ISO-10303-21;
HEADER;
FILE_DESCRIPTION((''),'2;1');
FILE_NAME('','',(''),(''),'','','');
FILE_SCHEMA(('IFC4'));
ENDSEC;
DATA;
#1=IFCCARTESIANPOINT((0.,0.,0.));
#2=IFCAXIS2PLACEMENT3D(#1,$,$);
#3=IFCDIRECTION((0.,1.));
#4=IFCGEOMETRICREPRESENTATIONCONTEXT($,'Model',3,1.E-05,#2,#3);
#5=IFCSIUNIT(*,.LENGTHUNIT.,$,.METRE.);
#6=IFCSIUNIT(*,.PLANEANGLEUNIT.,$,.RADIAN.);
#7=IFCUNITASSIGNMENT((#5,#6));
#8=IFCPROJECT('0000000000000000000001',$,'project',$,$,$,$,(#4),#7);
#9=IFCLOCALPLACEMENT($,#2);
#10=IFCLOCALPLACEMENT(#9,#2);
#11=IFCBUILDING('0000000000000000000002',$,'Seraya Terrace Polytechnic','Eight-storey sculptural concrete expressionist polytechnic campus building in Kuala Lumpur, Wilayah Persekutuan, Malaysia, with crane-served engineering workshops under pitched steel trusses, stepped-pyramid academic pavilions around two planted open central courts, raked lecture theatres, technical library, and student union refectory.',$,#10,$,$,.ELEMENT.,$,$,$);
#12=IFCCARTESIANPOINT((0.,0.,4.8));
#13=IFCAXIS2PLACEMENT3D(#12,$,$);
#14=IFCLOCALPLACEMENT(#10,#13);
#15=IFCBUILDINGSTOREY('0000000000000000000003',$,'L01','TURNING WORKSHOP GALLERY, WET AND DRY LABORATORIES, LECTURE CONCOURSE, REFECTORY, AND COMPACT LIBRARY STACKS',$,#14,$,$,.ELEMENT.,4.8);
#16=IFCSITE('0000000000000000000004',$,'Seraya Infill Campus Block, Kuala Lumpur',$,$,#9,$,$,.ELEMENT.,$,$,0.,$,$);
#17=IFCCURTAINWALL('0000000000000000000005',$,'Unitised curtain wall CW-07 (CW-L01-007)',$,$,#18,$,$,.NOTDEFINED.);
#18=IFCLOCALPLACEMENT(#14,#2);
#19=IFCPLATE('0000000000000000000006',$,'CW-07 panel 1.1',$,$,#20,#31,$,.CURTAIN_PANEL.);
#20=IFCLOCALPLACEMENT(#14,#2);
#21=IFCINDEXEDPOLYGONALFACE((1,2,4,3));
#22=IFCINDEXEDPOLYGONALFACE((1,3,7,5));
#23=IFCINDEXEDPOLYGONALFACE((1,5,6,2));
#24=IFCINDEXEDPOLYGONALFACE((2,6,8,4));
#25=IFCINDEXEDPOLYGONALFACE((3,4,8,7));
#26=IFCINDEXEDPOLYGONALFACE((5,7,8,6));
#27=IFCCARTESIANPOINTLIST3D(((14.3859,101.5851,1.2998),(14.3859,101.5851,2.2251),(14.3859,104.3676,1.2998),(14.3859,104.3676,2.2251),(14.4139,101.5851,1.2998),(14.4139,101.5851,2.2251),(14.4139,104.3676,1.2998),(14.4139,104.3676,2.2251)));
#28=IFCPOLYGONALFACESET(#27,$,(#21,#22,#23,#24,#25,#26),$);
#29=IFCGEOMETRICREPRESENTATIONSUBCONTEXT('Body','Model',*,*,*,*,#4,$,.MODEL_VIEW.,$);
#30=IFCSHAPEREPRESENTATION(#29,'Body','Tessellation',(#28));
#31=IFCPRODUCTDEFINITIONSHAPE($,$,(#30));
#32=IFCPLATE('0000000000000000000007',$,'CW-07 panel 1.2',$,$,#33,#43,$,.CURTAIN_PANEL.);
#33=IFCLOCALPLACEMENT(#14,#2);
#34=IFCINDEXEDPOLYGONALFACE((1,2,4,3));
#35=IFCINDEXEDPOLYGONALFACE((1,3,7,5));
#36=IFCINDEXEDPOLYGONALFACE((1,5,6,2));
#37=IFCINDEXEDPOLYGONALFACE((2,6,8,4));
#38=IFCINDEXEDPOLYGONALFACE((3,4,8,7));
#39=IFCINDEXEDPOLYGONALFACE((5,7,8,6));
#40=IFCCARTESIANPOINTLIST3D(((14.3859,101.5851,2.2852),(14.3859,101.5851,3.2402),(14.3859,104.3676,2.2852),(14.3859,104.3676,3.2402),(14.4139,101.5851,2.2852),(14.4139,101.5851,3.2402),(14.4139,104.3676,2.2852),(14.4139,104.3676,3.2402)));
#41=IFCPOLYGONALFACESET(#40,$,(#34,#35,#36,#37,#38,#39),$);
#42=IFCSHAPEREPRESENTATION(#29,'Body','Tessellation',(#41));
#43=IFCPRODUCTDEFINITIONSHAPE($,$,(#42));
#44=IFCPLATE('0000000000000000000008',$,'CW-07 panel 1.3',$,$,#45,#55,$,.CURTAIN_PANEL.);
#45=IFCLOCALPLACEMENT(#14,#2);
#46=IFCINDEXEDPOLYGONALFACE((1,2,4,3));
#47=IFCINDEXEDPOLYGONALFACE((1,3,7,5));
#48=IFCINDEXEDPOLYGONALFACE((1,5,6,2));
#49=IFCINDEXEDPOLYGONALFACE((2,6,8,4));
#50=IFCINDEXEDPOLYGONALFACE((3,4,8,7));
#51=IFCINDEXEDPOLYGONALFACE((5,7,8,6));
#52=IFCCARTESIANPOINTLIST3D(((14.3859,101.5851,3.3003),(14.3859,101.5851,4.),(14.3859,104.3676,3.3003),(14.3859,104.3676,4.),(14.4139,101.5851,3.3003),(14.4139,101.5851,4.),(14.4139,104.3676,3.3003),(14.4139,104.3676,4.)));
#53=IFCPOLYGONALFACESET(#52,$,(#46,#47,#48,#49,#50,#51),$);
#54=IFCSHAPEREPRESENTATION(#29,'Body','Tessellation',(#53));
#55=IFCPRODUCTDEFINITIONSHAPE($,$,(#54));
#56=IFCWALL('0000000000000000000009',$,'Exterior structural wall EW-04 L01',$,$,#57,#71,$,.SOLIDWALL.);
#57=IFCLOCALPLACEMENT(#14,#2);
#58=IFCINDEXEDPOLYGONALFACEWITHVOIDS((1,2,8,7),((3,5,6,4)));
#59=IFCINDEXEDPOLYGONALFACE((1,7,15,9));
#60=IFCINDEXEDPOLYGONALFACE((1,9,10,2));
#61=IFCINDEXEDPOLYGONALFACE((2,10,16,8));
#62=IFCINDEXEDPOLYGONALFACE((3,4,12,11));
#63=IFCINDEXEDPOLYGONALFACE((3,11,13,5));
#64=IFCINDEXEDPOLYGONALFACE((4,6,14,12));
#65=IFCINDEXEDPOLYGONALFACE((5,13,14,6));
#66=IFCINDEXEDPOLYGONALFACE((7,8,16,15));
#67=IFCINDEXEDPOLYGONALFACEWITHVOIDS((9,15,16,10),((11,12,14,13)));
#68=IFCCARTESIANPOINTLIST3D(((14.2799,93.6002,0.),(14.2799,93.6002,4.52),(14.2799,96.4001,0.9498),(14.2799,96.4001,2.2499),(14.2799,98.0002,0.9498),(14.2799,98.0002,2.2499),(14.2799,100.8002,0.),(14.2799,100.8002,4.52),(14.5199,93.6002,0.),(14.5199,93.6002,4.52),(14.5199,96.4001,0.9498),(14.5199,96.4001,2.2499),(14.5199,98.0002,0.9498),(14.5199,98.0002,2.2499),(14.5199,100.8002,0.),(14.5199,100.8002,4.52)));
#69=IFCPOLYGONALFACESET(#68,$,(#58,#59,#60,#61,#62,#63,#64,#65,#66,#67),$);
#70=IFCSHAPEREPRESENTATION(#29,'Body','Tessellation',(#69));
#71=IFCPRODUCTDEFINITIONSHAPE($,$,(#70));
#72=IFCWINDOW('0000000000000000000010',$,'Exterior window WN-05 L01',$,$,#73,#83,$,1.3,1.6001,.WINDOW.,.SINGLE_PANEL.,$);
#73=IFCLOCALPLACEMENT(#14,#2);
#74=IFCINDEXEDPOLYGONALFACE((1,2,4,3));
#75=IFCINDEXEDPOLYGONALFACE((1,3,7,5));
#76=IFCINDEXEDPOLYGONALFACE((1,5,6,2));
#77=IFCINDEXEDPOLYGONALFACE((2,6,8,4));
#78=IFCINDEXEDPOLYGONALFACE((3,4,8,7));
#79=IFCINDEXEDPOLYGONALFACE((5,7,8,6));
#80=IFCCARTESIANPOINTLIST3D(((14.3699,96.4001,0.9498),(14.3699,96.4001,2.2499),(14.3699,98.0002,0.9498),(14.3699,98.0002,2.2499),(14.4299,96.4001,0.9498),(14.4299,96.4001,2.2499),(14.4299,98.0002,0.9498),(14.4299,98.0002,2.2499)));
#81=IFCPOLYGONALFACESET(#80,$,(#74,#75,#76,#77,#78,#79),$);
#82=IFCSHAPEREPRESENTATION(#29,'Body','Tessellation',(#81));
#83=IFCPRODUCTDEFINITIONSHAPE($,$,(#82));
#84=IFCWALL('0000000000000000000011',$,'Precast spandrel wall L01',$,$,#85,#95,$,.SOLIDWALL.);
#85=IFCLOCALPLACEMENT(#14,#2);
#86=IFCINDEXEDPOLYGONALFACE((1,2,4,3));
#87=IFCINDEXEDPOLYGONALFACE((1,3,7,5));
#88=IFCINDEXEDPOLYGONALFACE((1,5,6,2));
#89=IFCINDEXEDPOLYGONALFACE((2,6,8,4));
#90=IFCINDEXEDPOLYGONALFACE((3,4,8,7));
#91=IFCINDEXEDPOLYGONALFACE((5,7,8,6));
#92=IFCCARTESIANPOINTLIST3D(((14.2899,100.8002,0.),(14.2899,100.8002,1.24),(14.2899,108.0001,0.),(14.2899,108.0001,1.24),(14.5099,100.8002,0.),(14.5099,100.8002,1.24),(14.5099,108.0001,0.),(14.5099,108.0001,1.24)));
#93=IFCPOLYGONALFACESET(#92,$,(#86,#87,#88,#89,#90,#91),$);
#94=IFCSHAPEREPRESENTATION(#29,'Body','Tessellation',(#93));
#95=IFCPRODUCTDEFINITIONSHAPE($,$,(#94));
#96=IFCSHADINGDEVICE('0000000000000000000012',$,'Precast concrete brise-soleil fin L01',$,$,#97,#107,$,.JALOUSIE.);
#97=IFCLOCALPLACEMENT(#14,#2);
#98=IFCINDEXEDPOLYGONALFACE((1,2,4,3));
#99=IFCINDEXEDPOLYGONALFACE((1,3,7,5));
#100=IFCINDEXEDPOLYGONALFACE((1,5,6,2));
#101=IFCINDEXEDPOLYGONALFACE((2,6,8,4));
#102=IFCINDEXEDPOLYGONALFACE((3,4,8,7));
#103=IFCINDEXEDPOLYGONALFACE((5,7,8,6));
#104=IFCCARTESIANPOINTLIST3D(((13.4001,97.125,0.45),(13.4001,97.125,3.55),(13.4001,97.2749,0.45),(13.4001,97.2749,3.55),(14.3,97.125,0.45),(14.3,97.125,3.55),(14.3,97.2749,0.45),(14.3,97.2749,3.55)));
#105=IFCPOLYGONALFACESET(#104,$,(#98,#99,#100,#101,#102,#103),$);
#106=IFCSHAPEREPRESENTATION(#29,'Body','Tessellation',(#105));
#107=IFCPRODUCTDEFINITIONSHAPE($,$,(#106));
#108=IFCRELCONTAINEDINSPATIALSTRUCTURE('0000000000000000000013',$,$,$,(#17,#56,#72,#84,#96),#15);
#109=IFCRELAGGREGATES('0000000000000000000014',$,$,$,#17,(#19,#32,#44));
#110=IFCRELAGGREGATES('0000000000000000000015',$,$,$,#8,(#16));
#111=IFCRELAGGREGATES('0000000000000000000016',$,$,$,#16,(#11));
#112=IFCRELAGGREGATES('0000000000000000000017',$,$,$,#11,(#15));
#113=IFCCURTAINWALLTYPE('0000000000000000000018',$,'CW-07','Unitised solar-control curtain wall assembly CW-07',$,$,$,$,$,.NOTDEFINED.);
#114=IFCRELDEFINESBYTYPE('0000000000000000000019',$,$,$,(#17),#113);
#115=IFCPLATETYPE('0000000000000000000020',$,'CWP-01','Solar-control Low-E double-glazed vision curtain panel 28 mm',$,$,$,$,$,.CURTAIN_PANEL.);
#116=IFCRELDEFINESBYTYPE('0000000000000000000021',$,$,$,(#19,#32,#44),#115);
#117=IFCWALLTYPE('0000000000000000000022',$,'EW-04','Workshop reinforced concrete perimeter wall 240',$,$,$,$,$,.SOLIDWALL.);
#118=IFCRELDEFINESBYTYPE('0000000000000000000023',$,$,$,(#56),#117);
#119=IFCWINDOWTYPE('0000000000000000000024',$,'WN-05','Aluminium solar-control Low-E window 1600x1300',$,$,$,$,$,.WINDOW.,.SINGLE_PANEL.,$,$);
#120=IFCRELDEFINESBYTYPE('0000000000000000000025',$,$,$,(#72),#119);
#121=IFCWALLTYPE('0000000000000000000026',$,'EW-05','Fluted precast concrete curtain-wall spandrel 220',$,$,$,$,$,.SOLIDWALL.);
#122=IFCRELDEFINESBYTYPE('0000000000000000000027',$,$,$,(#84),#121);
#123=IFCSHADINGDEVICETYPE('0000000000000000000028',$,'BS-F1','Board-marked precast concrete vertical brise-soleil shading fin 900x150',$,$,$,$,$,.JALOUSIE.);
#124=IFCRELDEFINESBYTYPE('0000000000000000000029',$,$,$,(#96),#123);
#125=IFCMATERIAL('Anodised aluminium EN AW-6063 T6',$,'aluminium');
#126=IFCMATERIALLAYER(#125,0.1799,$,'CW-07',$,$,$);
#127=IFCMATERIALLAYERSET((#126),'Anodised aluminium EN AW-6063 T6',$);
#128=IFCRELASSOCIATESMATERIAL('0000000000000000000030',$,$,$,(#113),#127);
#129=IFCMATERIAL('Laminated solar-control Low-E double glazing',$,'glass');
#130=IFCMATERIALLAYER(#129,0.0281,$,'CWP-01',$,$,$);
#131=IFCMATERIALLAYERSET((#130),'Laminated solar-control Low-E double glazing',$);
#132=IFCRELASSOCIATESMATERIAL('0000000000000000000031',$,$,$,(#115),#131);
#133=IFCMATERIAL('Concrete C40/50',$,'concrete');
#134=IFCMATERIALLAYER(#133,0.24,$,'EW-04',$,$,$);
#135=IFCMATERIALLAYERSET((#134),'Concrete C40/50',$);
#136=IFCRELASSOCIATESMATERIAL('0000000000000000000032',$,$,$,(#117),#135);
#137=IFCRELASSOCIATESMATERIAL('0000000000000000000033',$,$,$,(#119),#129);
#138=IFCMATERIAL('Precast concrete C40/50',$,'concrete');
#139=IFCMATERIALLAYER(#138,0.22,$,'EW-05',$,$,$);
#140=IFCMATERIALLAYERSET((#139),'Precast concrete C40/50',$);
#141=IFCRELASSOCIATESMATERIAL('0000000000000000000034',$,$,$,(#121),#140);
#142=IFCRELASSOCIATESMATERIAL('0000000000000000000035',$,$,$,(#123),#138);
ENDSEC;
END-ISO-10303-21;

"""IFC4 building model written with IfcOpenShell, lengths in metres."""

from ifc_helpers import new_model, si_unit, direction, frame, frame_2d, origin, origin_2d, place, context, subcontext, project, spatial, rectangle, extrude, material, layer, layer_set, type_object, element, fill, aggregate, save


model = new_model("IFC4")

# Units and contexts
model_context = context("Model", 3, precision=1e-05, world=origin(), true_north=direction((0.0, 1.0)))
body_context = subcontext(model_context, "Body", "Model", "MODEL_VIEW")
ifc_project = project(units=[si_unit("LENGTHUNIT", "METRE"), si_unit("PLANEANGLEUNIT", "RADIAN")], contexts=[model_context])

# Site, building, storey
site_placement = place(None, origin())
site = spatial("IfcSite", under=ifc_project, at=site_placement, Name="Seraya Infill Campus Block, Kuala Lumpur", CompositionType="ELEMENT", RefElevation=0.0)
building_placement = place(site_placement, origin())
building = spatial("IfcBuilding", under=site, at=building_placement, Name="Seraya Terrace Polytechnic", Description="Eight-storey sculptural concrete expressionist polytechnic campus building in Kuala Lumpur, Wilayah Persekutuan, Malaysia, with crane-served engineering workshops under pitched steel trusses, stepped-pyramid academic pavilions around two planted open central courts, raked lecture theatres, technical library, and student union refectory.", CompositionType="ELEMENT")
storey_placement = place(building_placement, frame((0.0, 0.0, 4.8)))
storey = spatial("IfcBuildingStorey", under=building, at=storey_placement, Name="L01", Description="TURNING WORKSHOP GALLERY, WET AND DRY LABORATORIES, LECTURE CONCOURSE, REFECTORY, AND COMPACT LIBRARY STACKS", CompositionType="ELEMENT", Elevation=4.8)

# Shared definitions
ifc_material_1 = material(Name="Concrete C40/50", Category="concrete")

# Curtain wall
ifc_material_2 = material(Name="Anodised aluminium EN AW-6063 T6", Category="aluminium")
ifc_layer_1 = layer(ifc_material_2, 0.1799, Name="CW-07")
ifc_layer_set_1 = layer_set([ifc_layer_1], Name="Anodised aluminium EN AW-6063 T6")
curtain_wall_type_1 = type_object("IfcCurtainWallType", Name="CW-07", Description="Unitised solar-control curtain wall assembly CW-07", PredefinedType="NOTDEFINED", material=ifc_layer_set_1)
curtain_wall_1_placement = place(storey_placement, origin())
curtain_wall_1 = element("IfcCurtainWall", 1, at=curtain_wall_1_placement, inside=storey, type_object=curtain_wall_type_1, Name="Unitised curtain wall CW-07 (CW-L01-007)", PredefinedType="NOTDEFINED")

# Plates
ifc_material_3 = material(Name="Laminated solar-control Low-E double glazing", Category="glass")
ifc_layer_2 = layer(ifc_material_3, 0.0281, Name="CWP-01")
ifc_layer_set_2 = layer_set([ifc_layer_2], Name="Laminated solar-control Low-E double glazing")
plate_type = type_object("IfcPlateType", Name="CWP-01", Description="Solar-control Low-E double-glazed vision curtain panel 28 mm", PredefinedType="CURTAIN_PANEL", material=ifc_layer_set_2)
plate_1_placement = place(storey_placement, frame((14.3999, 102.9763, 1.2998), z_axis=(0.0, 0.0, 1.0), x_axis=(0.0, 1.0, 0.0)))
plate_1 = element("IfcPlate", 2, at=plate_1_placement, type_object=plate_type, Name="CW-07 panel 1.1", PredefinedType="CURTAIN_PANEL", context=body_context, shape_type="SweptSolid", body=[
    extrude(rectangle(XDim=2.7825, YDim=0.0281, at=origin_2d()), origin(), (0.0, 0.0, 1.0), 0.9253),
])
plate_2_placement = place(storey_placement, frame((14.3999, 102.9763, 2.2852), z_axis=(0.0, 0.0, 1.0), x_axis=(0.0, 1.0, 0.0)))
plate_2 = element("IfcPlate", 3, at=plate_2_placement, type_object=plate_type, Name="CW-07 panel 1.2", PredefinedType="CURTAIN_PANEL", context=body_context, shape_type="SweptSolid", body=[
    extrude(rectangle(XDim=2.7825, YDim=0.0281, at=origin_2d()), origin(), (0.0, 0.0, 1.0), 0.9551),
])
plate_3_placement = place(storey_placement, frame((14.3999, 102.9763, 3.3003), z_axis=(0.0, 0.0, 1.0), x_axis=(0.0, 1.0, 0.0)))
plate_3 = element("IfcPlate", 4, at=plate_3_placement, type_object=plate_type, Name="CW-07 panel 1.3", PredefinedType="CURTAIN_PANEL", context=body_context, shape_type="SweptSolid", body=[
    extrude(rectangle(XDim=2.7825, YDim=0.0281, at=origin_2d()), origin(), (0.0, 0.0, 1.0), 0.6997),
])
aggregate(curtain_wall_1, [plate_1, plate_2, plate_3])

# Wall, opening, window
ifc_layer_3 = layer(ifc_material_1, 0.24, Name="EW-04")
ifc_layer_set_3 = layer_set([ifc_layer_3], Name="Concrete C40/50")
wall_type_1 = type_object("IfcWallType", Name="EW-04", Description="Workshop reinforced concrete perimeter wall 240", PredefinedType="SOLIDWALL", material=ifc_layer_set_3)
wall_1_placement = place(storey_placement, frame((14.3999, 93.6001, 0.0), z_axis=(0.0, 0.0, 1.0), x_axis=(0.0, 1.0, 0.0)))
wall_1 = element("IfcWall", 5, at=wall_1_placement, inside=storey, type_object=wall_type_1, Name="Exterior structural wall EW-04 L01", PredefinedType="SOLIDWALL", context=body_context, shape_type="SweptSolid", body=[
    extrude(rectangle(XDim=7.2, YDim=0.24, at=frame_2d((3.6001, 0.0))), origin(), (0.0, 0.0, 1.0), 4.52),
])
opening_placement = place(wall_1_placement, frame((2.8, 0.0, 0.95)))
opening = element("IfcOpeningElement", 6, at=opening_placement, cuts=wall_1, PredefinedType="OPENING", context=body_context, shape_type="SweptSolid", body=[
    extrude(rectangle(XDim=1.6001, YDim=1.3, at=frame_2d((0.8, 0.6499))), frame((0.0, 0.1318, 0.0), z_axis=(0.0, -1.0, 0.0), x_axis=(1.0, 0.0, 0.0)), (0.0, 0.0, 1.0), 0.2639),
])
window_type = type_object("IfcWindowType", Name="WN-05", Description="Aluminium solar-control Low-E window 1600x1300", PartitioningType="SINGLE_PANEL", PredefinedType="WINDOW", material=ifc_material_3)
window_placement = place(opening_placement, origin())
window = element("IfcWindow", 7, at=window_placement, inside=storey, type_object=window_type, Name="Exterior window WN-05 L01", OverallHeight=1.3, OverallWidth=1.6001, PartitioningType="SINGLE_PANEL", PredefinedType="WINDOW", context=body_context, shape_type="SweptSolid", body=[
    extrude(rectangle(XDim=1.6001, YDim=1.3, at=frame_2d((0.8, 0.6499))), frame((0.0, 0.03, 0.0), z_axis=(0.0, -1.0, 0.0), x_axis=(1.0, 0.0, 0.0)), (0.0, 0.0, 1.0), 0.0601),
])
fill(opening, window)

# Wall
ifc_material_4 = material(Name="Precast concrete C40/50", Category="concrete")
ifc_layer_4 = layer(ifc_material_4, 0.22, Name="EW-05")
ifc_layer_set_4 = layer_set([ifc_layer_4], Name="Precast concrete C40/50")
wall_type_2 = type_object("IfcWallType", Name="EW-05", Description="Fluted precast concrete curtain-wall spandrel 220", PredefinedType="SOLIDWALL", material=ifc_layer_set_4)
wall_2_placement = place(storey_placement, frame((14.3999, 100.8, 0.0), z_axis=(0.0, 0.0, 1.0), x_axis=(0.0, 1.0, 0.0)))
element("IfcWall", 8, at=wall_2_placement, inside=storey, type_object=wall_type_2, Name="Precast spandrel wall L01", PredefinedType="SOLIDWALL", context=body_context, shape_type="SweptSolid", body=[
    extrude(rectangle(XDim=7.2, YDim=0.22, at=frame_2d((3.6001, 0.0))), origin(), (0.0, 0.0, 1.0), 1.24),
])

# Shading device
shading_device_type = type_object("IfcShadingDeviceType", Name="BS-F1", Description="Board-marked precast concrete vertical brise-soleil shading fin 900x150", PredefinedType="JALOUSIE", material=ifc_material_4)
shading_device_placement = place(storey_placement, frame((13.8501, 97.2, 0.45), z_axis=(0.0, 0.0, 1.0), x_axis=(-1.0, 0.0, 0.0)))
element("IfcShadingDevice", 9, at=shading_device_placement, inside=storey, type_object=shading_device_type, Name="Precast concrete brise-soleil fin L01", PredefinedType="JALOUSIE", context=body_context, shape_type="SweptSolid", body=[
    extrude(rectangle(XDim=0.8999, YDim=0.1499, at=origin_2d()), origin(), (0.0, 0.0, 1.0), 3.1001),
])

save(model, "model.ifc")
